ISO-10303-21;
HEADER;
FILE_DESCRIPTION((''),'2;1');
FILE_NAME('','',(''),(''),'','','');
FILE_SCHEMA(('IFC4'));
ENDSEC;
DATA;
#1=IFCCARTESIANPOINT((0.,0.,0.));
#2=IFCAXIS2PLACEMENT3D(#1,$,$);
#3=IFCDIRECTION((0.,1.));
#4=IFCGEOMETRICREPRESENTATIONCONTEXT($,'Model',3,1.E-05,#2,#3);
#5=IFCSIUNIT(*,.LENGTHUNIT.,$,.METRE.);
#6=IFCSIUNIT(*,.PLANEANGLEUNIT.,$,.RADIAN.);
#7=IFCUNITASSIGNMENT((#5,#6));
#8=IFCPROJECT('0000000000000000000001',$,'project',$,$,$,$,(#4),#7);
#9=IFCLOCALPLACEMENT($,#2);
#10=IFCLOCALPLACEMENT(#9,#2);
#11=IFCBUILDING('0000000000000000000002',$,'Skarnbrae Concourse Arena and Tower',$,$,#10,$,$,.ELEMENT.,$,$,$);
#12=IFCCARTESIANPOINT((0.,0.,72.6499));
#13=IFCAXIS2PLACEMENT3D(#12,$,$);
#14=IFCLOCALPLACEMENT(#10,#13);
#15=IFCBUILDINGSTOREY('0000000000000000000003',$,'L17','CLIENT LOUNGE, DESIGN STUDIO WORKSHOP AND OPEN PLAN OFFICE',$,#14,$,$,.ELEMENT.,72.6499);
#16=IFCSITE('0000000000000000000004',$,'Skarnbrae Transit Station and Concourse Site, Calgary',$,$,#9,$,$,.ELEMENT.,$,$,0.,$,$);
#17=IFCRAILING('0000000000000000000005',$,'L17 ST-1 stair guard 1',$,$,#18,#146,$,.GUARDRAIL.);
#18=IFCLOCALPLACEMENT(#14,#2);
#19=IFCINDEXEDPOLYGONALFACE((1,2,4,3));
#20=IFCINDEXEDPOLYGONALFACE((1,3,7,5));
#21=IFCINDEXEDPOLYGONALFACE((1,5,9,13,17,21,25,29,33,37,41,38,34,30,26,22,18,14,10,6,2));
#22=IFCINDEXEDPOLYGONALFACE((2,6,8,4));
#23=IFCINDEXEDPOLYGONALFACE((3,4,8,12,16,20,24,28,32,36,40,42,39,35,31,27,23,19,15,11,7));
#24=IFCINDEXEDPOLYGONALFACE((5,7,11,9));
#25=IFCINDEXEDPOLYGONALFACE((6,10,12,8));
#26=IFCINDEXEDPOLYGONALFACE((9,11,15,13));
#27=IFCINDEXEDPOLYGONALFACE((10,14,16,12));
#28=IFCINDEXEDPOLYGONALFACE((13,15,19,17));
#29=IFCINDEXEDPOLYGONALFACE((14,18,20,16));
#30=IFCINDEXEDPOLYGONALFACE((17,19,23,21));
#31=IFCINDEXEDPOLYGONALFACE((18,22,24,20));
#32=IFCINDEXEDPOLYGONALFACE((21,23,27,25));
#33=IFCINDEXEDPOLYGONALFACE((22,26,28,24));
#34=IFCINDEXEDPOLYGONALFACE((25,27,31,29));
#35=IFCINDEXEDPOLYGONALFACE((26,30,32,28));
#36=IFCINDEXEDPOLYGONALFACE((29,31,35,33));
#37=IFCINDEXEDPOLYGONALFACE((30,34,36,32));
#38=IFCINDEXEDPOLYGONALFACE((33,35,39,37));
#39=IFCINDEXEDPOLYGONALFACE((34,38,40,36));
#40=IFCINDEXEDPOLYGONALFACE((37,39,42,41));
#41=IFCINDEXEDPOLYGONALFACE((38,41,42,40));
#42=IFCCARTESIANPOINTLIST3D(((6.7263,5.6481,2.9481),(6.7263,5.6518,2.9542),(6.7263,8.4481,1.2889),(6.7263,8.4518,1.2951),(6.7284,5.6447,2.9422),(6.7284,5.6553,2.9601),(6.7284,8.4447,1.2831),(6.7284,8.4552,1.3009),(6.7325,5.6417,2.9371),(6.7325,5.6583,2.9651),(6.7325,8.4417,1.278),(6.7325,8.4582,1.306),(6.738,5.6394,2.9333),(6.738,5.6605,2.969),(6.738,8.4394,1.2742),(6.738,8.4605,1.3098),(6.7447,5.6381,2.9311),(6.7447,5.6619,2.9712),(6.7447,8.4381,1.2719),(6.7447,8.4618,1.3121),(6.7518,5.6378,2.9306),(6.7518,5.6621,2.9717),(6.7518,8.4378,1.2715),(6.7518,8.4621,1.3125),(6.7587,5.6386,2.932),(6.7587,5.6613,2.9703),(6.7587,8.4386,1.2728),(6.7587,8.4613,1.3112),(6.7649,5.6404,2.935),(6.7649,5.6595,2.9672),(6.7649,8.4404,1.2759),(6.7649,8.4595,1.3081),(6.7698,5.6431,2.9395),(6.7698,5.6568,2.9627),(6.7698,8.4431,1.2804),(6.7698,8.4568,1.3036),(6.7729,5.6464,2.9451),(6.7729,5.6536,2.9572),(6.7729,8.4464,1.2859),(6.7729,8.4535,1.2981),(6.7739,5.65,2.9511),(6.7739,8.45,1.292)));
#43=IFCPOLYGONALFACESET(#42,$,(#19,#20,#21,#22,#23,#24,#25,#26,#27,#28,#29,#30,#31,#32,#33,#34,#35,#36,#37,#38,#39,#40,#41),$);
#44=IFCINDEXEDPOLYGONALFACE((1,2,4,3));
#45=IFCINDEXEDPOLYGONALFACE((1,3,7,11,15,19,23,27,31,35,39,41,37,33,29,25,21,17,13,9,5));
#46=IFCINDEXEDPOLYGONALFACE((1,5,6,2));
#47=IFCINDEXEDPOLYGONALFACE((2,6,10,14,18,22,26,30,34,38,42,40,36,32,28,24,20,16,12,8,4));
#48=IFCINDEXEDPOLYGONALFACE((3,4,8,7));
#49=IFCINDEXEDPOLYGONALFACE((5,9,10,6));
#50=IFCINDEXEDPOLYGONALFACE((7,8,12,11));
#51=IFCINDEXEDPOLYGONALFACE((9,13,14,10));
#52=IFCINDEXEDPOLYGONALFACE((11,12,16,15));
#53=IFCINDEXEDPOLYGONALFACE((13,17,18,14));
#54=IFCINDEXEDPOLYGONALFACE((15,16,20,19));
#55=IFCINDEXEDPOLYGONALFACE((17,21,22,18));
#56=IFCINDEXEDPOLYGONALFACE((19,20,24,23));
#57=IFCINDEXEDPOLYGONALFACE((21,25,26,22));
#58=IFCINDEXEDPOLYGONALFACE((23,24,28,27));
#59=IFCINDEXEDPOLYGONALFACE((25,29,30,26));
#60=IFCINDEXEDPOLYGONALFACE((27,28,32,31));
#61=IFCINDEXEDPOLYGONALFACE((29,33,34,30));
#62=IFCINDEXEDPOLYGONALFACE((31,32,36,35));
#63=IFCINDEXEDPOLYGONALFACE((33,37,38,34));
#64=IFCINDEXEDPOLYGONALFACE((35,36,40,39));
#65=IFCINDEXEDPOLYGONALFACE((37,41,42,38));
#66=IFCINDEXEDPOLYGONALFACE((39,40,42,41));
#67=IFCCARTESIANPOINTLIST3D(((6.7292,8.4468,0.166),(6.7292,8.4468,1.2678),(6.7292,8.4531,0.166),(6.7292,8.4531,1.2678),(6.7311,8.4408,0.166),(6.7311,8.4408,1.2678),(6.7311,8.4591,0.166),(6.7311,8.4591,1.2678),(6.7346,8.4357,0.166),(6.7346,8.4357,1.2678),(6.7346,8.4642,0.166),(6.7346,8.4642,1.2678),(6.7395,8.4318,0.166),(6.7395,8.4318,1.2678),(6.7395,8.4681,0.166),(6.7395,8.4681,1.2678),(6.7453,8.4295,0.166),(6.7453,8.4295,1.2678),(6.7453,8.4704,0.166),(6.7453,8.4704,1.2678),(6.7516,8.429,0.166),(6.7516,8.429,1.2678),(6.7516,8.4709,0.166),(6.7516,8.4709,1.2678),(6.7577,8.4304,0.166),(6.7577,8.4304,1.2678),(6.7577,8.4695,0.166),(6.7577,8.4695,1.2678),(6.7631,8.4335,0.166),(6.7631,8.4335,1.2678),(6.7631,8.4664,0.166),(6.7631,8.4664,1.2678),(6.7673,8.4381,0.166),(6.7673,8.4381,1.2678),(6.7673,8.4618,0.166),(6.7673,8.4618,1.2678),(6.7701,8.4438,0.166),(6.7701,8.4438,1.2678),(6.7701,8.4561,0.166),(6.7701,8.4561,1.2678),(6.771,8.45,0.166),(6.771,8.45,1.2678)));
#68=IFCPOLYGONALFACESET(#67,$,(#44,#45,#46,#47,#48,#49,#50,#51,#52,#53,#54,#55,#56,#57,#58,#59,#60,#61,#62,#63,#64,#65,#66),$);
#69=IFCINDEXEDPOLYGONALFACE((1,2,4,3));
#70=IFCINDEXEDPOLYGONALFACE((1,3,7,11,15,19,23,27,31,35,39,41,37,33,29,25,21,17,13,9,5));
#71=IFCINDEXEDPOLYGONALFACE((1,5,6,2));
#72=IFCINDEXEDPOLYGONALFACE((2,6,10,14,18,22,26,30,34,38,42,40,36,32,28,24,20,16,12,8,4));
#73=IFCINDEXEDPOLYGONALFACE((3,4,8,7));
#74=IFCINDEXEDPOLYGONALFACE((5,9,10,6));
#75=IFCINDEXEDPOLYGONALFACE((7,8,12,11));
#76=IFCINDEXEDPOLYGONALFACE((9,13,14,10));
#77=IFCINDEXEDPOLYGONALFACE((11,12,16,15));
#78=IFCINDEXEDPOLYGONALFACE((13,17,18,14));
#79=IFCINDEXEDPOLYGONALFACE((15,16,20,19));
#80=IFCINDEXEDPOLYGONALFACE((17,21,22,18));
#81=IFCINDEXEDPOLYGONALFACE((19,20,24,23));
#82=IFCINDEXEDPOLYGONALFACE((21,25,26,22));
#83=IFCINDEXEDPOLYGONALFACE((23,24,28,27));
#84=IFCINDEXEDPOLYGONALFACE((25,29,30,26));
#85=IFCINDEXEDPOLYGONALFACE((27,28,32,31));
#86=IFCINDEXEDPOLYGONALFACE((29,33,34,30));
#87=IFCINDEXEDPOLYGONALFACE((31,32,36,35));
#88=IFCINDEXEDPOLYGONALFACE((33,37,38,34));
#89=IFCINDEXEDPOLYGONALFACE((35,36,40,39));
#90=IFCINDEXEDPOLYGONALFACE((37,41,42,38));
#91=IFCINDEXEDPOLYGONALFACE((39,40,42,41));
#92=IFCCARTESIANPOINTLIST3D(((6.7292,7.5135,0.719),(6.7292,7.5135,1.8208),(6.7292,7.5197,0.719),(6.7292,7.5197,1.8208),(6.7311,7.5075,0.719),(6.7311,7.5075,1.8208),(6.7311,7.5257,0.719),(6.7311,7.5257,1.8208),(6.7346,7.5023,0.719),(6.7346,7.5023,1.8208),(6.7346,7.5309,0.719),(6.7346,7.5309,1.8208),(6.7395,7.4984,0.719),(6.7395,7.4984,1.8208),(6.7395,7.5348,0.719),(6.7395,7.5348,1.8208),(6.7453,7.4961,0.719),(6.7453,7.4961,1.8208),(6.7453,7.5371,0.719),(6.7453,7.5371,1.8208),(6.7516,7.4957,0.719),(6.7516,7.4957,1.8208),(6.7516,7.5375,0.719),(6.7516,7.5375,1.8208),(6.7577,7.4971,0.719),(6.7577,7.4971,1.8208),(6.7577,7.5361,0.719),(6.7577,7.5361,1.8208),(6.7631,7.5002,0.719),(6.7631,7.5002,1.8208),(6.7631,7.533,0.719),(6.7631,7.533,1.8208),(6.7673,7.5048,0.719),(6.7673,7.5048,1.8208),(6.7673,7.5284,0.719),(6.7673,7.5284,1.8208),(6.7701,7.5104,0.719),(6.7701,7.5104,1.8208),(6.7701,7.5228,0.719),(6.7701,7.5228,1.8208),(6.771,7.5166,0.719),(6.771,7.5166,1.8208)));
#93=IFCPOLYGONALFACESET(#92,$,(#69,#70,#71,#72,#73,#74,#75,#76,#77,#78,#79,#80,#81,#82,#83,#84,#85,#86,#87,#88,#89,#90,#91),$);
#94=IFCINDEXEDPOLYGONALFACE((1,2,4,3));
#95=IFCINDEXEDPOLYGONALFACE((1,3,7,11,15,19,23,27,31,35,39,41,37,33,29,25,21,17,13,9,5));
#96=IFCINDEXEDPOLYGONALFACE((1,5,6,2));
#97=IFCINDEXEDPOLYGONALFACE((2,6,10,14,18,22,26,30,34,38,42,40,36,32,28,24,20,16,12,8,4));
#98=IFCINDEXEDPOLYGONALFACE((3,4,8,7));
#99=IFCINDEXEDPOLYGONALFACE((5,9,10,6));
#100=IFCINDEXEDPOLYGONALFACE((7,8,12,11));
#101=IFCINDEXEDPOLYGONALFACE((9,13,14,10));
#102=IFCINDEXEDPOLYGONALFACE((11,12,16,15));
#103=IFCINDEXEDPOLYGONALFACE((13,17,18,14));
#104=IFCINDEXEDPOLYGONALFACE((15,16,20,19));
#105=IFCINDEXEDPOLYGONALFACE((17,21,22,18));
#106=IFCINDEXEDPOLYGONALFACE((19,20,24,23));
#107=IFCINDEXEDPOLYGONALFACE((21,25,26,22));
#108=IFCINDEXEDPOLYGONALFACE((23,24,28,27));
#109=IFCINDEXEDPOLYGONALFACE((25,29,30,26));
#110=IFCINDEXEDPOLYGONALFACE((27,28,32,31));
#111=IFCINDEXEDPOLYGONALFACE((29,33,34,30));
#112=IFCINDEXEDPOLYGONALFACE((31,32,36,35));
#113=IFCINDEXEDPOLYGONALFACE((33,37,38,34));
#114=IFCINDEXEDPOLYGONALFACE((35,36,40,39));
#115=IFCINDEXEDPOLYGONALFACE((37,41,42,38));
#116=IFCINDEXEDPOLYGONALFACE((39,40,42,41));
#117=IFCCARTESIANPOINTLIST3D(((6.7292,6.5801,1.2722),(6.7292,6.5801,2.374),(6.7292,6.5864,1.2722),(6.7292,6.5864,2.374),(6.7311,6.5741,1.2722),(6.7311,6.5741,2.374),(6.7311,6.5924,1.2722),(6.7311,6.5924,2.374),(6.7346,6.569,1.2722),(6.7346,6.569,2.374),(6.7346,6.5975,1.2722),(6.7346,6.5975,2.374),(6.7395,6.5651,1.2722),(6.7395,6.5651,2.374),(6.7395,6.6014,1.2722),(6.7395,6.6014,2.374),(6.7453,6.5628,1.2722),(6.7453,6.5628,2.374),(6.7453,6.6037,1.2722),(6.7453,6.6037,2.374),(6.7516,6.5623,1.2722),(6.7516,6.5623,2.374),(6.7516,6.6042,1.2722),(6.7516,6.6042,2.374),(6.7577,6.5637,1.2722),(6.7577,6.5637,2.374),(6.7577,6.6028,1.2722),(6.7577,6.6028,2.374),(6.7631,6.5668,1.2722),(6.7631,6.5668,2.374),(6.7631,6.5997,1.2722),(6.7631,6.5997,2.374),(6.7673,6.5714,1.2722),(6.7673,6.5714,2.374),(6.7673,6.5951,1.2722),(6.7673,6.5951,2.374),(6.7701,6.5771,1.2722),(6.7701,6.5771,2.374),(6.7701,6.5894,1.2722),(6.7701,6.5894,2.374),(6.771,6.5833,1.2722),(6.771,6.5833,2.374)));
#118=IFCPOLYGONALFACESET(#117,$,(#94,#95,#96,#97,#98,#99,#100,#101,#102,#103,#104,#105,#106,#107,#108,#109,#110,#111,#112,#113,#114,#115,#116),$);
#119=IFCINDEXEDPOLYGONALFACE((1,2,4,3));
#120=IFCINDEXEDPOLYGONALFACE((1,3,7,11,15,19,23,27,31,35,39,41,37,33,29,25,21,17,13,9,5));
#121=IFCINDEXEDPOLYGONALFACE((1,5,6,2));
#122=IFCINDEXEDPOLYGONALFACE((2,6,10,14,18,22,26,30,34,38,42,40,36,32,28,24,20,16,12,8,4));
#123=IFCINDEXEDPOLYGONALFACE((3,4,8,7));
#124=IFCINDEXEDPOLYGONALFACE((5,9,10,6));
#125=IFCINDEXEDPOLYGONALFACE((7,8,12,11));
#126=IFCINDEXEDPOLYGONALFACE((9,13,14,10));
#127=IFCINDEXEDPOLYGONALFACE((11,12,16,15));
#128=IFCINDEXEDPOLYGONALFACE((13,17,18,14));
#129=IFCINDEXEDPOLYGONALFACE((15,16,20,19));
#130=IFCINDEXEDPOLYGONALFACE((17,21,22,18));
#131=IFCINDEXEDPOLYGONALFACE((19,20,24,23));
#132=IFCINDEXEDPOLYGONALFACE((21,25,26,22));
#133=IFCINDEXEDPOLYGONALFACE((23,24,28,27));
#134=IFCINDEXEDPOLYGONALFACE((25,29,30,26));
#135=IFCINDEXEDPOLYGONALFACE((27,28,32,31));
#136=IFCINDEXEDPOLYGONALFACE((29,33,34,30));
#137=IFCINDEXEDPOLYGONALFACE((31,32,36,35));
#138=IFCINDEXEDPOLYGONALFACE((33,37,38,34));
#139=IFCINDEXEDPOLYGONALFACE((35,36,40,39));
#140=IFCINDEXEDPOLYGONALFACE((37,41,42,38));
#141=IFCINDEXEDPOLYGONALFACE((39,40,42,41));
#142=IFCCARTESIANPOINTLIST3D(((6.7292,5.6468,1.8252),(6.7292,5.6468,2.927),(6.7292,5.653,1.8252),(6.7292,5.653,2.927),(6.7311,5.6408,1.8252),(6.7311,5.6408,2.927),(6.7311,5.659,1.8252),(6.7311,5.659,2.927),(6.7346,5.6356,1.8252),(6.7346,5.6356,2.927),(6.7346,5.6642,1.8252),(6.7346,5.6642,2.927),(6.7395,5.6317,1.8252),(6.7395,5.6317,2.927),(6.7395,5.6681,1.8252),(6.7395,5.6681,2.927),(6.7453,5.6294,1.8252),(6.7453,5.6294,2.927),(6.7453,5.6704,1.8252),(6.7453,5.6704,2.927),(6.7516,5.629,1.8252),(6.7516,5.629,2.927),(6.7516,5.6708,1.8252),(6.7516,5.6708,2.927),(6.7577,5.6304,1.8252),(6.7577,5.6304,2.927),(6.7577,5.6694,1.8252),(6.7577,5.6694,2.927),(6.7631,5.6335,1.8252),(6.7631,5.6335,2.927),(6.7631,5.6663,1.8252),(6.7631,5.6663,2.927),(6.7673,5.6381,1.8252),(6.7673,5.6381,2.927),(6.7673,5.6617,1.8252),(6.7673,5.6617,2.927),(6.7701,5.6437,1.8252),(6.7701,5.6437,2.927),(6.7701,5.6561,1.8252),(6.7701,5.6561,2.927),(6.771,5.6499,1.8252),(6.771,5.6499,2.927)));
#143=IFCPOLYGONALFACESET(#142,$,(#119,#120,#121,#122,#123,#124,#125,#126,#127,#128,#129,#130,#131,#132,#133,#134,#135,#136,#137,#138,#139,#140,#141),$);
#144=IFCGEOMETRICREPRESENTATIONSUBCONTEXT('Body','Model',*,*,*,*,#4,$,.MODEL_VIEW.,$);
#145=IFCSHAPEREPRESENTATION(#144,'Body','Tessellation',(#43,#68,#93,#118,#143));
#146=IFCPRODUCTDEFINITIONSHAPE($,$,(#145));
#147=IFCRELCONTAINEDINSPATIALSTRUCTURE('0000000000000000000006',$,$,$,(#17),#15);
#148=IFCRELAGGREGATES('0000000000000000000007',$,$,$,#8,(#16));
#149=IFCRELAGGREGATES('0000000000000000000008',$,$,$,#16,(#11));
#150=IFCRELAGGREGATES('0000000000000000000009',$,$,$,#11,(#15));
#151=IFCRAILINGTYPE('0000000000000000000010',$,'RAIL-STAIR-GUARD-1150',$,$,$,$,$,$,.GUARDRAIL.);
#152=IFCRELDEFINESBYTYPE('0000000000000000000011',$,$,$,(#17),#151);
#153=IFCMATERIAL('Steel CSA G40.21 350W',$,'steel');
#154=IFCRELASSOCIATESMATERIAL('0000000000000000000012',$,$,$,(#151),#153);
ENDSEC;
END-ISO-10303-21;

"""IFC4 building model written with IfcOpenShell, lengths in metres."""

from ifc_helpers import new_model, si_unit, direction, frame, origin, origin_2d, place, context, subcontext, project, spatial, circle, extrude, material, type_object, element, save


model = new_model("IFC4")

# Units and contexts
model_context = context("Model", 3, precision=1e-05, world=origin(), true_north=direction((0.0, 1.0)))
body_context = subcontext(model_context, "Body", "Model", "MODEL_VIEW")
ifc_project = project(units=[si_unit("LENGTHUNIT", "METRE"), si_unit("PLANEANGLEUNIT", "RADIAN")], contexts=[model_context])

# Site, building, storey
site_placement = place(None, origin())
site = spatial("IfcSite", under=ifc_project, at=site_placement, Name="Skarnbrae Transit Station and Concourse Site, Calgary", CompositionType="ELEMENT", RefElevation=0.0)
building_placement = place(site_placement, origin())
building = spatial("IfcBuilding", under=site, at=building_placement, Name="Skarnbrae Concourse Arena and Tower", CompositionType="ELEMENT")
storey_placement = place(building_placement, frame((0.0, 0.0, 72.6499)))
storey = spatial("IfcBuildingStorey", under=building, at=storey_placement, Name="L17", Description="CLIENT LOUNGE, DESIGN STUDIO WORKSHOP AND OPEN PLAN OFFICE", CompositionType="ELEMENT", Elevation=72.6499)

# Shared definitions
ifc_material_1 = material(Name="Steel CSA G40.21 350W", Category="steel")

# Railing
railing_type_1 = type_object("IfcRailingType", Name="RAIL-STAIR-GUARD-1150", PredefinedType="GUARDRAIL", material=ifc_material_1)
railing_1_placement = place(storey_placement, frame((6.75, 8.45, 0.166)))
element("IfcRailing", 1, at=railing_1_placement, inside=storey, type_object=railing_type_1, Name="L17 ST-1 stair guard 1", PredefinedType="GUARDRAIL", context=body_context, shape_type="SweptSolid", body=[
    extrude(circle(Radius=0.0239, at=origin_2d()), frame((0.0, 0.0, 1.126), z_axis=(0.0, -0.860306, 0.509778), x_axis=(1.0, 0.0, 0.0)), (0.0, 0.0, 1.0), 3.2546),
    extrude(circle(Radius=0.021, at=origin_2d()), origin(), (0.0, 0.0, 1.0), 1.1018),
    extrude(circle(Radius=0.021, at=origin_2d()), frame((0.0, -0.9333, 0.553)), (0.0, 0.0, 1.0), 1.1018),
    extrude(circle(Radius=0.021, at=origin_2d()), frame((0.0, -1.8667, 1.1062)), (0.0, 0.0, 1.0), 1.1018),
    extrude(circle(Radius=0.021, at=origin_2d()), frame((0.0, -2.8, 1.6592)), (0.0, 0.0, 1.0), 1.1018),
])

save(model, "model.ifc")
